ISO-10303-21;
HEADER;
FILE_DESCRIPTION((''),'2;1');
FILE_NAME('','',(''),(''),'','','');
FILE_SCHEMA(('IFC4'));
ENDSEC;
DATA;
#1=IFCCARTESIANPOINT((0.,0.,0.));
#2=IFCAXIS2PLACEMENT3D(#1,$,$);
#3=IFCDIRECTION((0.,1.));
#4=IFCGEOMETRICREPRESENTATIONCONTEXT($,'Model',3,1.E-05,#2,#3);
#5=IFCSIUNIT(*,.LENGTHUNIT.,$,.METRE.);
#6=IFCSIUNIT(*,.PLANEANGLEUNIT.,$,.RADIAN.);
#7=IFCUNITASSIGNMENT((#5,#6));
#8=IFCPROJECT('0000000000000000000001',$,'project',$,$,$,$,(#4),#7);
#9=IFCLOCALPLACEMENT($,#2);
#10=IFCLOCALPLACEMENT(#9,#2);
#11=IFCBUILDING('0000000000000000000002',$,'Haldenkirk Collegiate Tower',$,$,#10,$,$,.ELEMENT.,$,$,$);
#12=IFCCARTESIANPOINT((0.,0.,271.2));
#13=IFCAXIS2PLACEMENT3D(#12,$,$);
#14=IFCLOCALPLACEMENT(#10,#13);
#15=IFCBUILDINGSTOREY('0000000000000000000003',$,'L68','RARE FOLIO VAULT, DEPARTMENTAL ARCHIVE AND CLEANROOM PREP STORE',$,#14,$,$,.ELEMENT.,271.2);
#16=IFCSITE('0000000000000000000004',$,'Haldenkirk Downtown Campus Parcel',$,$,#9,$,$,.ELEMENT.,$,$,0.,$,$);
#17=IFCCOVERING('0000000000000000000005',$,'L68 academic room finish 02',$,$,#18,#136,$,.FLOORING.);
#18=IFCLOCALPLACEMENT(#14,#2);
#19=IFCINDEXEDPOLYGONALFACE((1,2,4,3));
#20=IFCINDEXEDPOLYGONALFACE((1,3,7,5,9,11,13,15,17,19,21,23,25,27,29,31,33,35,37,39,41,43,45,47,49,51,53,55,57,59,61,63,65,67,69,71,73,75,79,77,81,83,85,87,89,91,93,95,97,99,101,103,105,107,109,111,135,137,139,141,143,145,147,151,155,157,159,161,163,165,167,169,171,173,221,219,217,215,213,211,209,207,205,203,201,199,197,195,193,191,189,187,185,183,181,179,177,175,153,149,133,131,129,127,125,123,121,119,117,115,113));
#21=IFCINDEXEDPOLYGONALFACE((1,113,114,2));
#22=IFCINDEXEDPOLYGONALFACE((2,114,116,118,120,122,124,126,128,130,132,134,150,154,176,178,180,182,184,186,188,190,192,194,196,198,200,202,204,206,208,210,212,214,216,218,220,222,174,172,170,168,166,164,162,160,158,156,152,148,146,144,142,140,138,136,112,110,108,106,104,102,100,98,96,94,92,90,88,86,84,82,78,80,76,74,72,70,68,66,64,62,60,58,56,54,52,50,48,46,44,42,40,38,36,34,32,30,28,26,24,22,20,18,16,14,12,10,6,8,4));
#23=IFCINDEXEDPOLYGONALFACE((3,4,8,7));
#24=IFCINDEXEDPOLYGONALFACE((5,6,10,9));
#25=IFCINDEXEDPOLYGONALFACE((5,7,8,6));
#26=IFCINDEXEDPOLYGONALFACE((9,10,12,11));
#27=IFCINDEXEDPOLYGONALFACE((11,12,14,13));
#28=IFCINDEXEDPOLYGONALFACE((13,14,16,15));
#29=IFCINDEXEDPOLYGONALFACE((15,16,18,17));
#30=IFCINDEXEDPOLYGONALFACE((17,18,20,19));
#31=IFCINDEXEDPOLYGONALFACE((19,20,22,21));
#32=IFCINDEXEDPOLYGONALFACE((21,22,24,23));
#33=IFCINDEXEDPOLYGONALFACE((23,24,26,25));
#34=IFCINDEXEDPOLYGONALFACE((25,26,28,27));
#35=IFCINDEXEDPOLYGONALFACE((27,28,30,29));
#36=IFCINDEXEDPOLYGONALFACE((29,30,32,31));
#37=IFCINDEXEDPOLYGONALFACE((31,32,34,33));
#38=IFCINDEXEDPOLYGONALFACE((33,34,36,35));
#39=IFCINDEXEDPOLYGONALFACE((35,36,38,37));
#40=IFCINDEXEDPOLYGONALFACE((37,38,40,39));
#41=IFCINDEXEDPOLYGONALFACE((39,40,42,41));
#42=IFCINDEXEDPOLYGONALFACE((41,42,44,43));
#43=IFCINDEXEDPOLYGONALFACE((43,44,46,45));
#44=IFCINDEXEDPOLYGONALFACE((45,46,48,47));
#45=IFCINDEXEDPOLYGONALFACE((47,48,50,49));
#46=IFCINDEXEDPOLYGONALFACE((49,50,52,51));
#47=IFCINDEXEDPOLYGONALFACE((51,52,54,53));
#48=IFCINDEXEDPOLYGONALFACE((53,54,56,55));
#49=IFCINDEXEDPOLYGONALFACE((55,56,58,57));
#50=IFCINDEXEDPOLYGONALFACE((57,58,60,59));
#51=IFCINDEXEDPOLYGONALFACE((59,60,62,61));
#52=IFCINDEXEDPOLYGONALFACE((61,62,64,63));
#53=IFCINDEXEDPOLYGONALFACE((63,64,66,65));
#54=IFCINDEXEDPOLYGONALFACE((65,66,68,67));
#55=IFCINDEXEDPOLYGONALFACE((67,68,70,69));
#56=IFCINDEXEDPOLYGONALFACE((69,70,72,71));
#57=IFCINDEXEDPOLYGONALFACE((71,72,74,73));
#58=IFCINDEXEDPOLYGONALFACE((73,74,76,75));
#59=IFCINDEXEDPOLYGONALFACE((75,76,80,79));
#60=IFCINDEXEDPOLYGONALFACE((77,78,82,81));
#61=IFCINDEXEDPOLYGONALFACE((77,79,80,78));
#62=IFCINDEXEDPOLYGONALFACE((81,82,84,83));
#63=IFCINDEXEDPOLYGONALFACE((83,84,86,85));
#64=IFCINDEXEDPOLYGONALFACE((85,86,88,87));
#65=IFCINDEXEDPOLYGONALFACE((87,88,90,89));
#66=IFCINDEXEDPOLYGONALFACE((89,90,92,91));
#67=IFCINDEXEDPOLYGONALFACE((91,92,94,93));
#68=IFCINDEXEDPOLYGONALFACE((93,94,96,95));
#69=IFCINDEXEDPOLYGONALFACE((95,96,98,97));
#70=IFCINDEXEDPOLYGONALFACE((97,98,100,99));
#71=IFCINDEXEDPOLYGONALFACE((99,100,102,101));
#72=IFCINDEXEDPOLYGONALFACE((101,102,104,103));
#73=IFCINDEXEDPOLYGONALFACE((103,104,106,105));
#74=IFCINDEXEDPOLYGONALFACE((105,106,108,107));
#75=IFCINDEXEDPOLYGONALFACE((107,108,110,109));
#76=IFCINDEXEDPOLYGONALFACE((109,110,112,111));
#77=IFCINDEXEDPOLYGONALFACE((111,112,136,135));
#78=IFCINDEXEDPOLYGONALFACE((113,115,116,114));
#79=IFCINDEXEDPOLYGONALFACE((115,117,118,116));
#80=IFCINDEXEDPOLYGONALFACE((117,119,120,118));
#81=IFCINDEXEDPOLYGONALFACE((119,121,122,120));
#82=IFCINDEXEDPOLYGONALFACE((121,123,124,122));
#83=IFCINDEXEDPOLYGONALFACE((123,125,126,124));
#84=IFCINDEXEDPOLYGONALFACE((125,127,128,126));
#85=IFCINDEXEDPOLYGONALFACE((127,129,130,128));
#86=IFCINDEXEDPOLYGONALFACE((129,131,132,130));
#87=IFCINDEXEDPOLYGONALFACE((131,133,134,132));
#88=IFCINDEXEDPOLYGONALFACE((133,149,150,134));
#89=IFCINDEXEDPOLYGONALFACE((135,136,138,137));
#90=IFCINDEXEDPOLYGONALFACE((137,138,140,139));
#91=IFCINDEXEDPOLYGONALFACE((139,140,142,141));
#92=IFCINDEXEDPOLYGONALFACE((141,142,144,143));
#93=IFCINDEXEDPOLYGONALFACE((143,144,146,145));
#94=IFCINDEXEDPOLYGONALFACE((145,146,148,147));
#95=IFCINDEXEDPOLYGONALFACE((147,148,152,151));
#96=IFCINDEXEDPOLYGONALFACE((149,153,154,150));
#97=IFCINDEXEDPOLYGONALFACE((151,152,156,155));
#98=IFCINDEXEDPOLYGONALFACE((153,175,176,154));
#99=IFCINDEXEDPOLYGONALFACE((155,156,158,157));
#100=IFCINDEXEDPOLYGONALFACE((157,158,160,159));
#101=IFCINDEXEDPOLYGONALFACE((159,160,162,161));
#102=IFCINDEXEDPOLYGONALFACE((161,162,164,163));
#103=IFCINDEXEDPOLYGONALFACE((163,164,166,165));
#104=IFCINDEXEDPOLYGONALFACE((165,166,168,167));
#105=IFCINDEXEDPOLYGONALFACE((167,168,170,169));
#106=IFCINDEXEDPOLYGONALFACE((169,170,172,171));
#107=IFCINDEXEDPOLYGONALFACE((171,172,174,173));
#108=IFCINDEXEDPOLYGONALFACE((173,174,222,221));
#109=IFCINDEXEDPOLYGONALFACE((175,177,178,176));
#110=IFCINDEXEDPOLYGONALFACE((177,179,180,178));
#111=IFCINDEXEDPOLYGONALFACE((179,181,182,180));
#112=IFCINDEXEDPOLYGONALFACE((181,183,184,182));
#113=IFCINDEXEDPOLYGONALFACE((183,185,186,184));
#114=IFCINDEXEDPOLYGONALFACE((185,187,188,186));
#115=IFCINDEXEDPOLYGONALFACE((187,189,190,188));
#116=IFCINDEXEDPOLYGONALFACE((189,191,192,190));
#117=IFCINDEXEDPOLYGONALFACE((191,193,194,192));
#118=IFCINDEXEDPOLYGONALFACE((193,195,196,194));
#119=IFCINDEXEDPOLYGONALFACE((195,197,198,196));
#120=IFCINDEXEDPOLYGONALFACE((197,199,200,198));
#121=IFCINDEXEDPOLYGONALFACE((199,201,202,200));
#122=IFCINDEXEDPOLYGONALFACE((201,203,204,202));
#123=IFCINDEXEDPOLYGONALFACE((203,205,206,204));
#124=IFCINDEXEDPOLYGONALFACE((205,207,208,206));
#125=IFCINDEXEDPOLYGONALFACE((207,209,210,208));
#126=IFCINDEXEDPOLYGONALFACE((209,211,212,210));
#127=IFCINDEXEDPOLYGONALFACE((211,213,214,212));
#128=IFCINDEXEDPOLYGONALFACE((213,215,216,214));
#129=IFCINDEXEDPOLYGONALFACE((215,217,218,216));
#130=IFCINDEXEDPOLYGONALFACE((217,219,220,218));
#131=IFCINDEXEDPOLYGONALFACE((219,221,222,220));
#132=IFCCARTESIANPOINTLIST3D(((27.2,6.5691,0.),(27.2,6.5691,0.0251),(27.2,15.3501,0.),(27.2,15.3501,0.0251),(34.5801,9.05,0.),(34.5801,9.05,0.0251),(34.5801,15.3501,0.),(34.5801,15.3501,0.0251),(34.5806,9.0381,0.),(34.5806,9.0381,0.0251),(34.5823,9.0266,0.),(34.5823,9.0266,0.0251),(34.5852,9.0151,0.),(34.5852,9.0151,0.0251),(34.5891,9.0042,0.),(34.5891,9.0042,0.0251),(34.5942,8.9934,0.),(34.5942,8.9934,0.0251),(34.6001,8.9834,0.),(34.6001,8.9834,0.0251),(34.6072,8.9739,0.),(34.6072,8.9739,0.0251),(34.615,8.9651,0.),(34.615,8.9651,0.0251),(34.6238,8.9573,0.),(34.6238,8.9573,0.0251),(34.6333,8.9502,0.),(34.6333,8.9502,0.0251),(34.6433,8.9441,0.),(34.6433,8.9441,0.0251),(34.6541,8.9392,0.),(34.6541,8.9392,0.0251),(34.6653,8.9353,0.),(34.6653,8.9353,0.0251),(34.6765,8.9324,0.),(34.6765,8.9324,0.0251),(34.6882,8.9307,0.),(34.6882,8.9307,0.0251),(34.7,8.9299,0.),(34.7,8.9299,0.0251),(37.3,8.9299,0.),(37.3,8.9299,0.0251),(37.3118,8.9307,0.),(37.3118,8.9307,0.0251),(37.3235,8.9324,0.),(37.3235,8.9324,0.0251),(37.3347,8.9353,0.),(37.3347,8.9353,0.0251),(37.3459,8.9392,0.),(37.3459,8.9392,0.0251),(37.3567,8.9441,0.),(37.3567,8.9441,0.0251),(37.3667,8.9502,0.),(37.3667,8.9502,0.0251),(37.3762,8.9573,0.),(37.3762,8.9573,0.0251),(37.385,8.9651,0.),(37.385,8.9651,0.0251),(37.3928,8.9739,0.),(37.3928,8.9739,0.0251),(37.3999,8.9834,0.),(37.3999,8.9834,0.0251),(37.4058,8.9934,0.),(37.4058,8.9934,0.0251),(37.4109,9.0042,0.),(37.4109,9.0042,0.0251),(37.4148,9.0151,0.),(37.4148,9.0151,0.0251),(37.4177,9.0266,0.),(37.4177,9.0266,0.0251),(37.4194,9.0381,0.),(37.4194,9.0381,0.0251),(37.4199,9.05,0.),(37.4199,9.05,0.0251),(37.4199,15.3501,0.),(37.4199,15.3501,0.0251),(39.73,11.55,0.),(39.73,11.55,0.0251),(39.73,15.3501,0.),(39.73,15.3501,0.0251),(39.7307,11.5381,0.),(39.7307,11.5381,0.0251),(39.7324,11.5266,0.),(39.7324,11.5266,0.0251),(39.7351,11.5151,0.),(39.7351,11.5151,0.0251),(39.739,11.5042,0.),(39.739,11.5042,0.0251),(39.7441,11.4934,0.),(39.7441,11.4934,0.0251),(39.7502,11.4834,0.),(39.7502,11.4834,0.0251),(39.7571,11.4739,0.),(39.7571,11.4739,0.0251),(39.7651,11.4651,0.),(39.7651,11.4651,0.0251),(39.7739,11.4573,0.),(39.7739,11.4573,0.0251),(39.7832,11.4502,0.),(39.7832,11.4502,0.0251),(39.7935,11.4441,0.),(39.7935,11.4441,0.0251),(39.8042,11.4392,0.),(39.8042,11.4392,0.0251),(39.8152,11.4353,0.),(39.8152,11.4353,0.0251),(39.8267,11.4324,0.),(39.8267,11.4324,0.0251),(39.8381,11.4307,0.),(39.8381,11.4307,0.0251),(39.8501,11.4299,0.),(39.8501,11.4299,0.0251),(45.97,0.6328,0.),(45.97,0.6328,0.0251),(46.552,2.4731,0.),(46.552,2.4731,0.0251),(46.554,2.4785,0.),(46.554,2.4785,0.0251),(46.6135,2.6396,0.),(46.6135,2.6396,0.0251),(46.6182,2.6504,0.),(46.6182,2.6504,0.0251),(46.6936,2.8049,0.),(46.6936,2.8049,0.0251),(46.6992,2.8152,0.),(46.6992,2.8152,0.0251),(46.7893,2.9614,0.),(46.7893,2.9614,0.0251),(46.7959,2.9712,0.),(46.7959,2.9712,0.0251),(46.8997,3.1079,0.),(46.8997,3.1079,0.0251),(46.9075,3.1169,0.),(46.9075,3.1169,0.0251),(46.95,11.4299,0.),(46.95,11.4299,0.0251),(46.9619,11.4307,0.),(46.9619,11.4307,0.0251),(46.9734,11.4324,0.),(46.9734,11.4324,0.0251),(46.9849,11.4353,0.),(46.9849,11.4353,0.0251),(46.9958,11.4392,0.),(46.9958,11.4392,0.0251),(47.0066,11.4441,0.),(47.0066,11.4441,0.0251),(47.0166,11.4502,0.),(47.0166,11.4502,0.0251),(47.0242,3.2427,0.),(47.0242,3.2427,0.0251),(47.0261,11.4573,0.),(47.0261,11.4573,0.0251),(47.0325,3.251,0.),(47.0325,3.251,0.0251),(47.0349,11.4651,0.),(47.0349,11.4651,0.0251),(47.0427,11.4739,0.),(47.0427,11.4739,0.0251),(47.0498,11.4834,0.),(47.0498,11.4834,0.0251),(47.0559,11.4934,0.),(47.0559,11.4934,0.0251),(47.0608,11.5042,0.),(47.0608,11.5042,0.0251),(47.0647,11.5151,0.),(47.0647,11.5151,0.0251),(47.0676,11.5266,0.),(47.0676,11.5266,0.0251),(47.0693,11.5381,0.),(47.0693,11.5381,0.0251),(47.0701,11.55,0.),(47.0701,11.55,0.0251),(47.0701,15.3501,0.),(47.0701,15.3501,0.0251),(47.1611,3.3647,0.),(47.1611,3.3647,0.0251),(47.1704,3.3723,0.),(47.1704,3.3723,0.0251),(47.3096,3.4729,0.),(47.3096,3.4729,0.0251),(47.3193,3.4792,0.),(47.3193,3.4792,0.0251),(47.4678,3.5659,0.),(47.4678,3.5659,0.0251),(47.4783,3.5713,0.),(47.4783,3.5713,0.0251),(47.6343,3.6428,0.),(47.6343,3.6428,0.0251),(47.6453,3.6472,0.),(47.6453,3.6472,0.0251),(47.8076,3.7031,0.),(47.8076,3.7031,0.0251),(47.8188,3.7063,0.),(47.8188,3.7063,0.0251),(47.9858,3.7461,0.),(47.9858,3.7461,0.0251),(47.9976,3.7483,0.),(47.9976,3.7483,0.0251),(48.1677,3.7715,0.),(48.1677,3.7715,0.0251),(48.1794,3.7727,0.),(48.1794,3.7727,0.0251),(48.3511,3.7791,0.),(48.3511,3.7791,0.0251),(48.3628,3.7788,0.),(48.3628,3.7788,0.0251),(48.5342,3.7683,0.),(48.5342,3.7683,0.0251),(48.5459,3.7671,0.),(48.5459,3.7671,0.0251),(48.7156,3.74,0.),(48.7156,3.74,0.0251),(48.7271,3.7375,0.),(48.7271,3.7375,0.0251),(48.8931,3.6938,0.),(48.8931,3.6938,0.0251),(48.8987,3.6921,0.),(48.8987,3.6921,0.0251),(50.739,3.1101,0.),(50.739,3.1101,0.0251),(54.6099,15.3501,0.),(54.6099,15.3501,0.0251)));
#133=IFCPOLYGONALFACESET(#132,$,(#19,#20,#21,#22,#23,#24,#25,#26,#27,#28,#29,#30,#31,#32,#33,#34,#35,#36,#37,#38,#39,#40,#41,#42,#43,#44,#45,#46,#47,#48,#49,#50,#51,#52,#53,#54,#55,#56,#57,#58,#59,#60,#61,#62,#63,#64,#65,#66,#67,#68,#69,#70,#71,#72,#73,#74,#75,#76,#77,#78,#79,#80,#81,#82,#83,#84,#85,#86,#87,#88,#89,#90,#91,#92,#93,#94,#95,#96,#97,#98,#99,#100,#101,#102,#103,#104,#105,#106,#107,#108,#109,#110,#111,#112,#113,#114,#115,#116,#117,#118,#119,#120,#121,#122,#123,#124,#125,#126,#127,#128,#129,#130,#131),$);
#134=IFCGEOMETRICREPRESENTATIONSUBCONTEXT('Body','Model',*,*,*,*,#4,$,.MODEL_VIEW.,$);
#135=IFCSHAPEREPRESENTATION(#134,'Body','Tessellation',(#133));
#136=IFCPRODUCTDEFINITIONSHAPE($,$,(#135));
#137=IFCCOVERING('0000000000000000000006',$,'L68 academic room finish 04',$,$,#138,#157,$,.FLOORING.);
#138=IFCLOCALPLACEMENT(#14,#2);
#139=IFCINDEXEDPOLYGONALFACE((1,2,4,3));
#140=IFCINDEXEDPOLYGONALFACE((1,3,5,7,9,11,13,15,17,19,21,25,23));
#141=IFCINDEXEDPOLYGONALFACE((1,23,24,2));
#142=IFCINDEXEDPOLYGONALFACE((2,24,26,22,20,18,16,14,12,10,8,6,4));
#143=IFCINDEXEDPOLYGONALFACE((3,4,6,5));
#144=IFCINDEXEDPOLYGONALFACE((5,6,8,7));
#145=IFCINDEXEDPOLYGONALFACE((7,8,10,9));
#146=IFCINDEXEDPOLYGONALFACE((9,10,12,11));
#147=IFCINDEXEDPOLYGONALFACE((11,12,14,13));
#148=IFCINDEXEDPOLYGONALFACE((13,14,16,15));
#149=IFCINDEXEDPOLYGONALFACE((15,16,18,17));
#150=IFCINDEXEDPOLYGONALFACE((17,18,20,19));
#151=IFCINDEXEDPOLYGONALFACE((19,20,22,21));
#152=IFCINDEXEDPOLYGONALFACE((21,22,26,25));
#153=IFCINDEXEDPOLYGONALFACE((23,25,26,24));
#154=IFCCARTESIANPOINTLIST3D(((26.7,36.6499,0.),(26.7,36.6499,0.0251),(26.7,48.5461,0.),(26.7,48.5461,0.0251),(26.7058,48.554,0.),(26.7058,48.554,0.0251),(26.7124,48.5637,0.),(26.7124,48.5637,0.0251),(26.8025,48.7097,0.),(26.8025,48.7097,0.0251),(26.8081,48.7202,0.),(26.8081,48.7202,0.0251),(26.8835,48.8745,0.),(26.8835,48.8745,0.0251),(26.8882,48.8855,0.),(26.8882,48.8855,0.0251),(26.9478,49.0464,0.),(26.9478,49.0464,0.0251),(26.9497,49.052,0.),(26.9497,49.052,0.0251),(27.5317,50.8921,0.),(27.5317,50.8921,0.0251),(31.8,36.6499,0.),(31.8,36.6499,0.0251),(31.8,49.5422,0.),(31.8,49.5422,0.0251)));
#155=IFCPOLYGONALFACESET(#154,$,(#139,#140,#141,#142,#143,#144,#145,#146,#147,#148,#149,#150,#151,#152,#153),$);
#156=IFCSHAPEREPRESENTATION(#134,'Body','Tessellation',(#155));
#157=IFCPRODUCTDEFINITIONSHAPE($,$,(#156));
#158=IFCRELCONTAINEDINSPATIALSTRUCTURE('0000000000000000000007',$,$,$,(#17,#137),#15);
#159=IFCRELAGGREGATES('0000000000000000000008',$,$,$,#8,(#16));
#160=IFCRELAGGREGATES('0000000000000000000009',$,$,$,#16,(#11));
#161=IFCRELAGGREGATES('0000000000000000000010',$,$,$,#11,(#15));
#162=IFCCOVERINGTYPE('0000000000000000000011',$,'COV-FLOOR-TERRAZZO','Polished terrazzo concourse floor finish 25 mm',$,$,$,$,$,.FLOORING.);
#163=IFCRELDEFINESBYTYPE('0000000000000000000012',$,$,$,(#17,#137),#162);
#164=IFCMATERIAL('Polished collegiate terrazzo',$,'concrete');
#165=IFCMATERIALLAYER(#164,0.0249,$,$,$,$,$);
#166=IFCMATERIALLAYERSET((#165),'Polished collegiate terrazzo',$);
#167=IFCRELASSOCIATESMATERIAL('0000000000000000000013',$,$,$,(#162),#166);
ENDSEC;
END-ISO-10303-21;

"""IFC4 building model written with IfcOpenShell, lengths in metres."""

from ifc_helpers import new_model, si_unit, direction, frame, origin, place, context, subcontext, project, spatial, polyline, outline, extrude, material, layer, layer_set, type_object, element, save


model = new_model("IFC4")

# Units and contexts
model_context = context("Model", 3, precision=1e-05, world=origin(), true_north=direction((0.0, 1.0)))
body_context = subcontext(model_context, "Body", "Model", "MODEL_VIEW")
ifc_project = project(units=[si_unit("LENGTHUNIT", "METRE"), si_unit("PLANEANGLEUNIT", "RADIAN")], contexts=[model_context])

# Site, building, storey
site_placement = place(None, origin())
site = spatial("IfcSite", under=ifc_project, at=site_placement, Name="Haldenkirk Downtown Campus Parcel", CompositionType="ELEMENT", RefElevation=0.0)
building_placement = place(site_placement, origin())
building = spatial("IfcBuilding", under=site, at=building_placement, Name="Haldenkirk Collegiate Tower", CompositionType="ELEMENT")
storey_placement = place(building_placement, frame((0.0, 0.0, 271.2)))
storey = spatial("IfcBuildingStorey", under=building, at=storey_placement, Name="L68", Description="RARE FOLIO VAULT, DEPARTMENTAL ARCHIVE AND CLEANROOM PREP STORE", CompositionType="ELEMENT", Elevation=271.2)

# Coverings
ifc_material_1 = material(Name="Polished collegiate terrazzo", Category="concrete")
ifc_layer_1 = layer(ifc_material_1, 0.0249)
ifc_layer_set_1 = layer_set([ifc_layer_1], Name="Polished collegiate terrazzo")
covering_type_1 = type_object("IfcCoveringType", Name="COV-FLOOR-TERRAZZO", Description="Polished terrazzo concourse floor finish 25 mm", PredefinedType="FLOORING", material=ifc_layer_set_1)
covering_1_placement = place(storey_placement, origin())
element("IfcCovering", 1, at=covering_1_placement, inside=storey, type_object=covering_type_1, Name="L68 academic room finish 02", PredefinedType="FLOORING", context=body_context, shape_type="SweptSolid", body=[
    extrude(outline(polyline([(48.1794, 3.7727), (48.1677, 3.7715), (47.9976, 3.7483), (47.9858, 3.7461), (47.8188, 3.7063), (47.8076, 3.7031), (47.6453, 3.6472), (47.6343, 3.6428), (47.4783, 3.5713), (47.4678, 3.5659), (47.3193, 3.4792), (47.3096, 3.4729), (47.1704, 3.3723), (47.1611, 3.3647), (47.0325, 3.251), (47.0242, 3.2427), (46.9075, 3.1169), (46.8997, 3.1079), (46.7959, 2.9712), (46.7893, 2.9614), (46.6992, 2.8152), (46.6936, 2.8049), (46.6182, 2.6504), (46.6135, 2.6396), (46.554, 2.4785), (46.552, 2.4731), (45.97, 0.6328), (27.2, 6.5691), (27.2, 15.3501), (34.5801, 15.3501), (34.5801, 9.05), (34.5806, 9.0381), (34.5823, 9.0266), (34.5852, 9.0151), (34.5891, 9.0042), (34.5942, 8.9934), (34.6001, 8.9834), (34.6072, 8.9739), (34.615, 8.9651), (34.6238, 8.9573), (34.6333, 8.9502), (34.6433, 8.9441), (34.6541, 8.9392), (34.6653, 8.9353), (34.6765, 8.9324), (34.6882, 8.9307), (34.7, 8.9299), (37.3, 8.9299), (37.3118, 8.9307), (37.3235, 8.9324), (37.3347, 8.9353), (37.3459, 8.9392), (37.3567, 8.9441), (37.3667, 8.9502), (37.3762, 8.9573), (37.385, 8.9651), (37.3928, 8.9739), (37.3999, 8.9834), (37.4058, 8.9934), (37.4109, 9.0042), (37.4148, 9.0151), (37.4177, 9.0266), (37.4194, 9.0381), (37.4199, 9.05), (37.4199, 15.3501), (39.73, 15.3501), (39.73, 11.55), (39.7307, 11.5381), (39.7324, 11.5266), (39.7351, 11.5151), (39.739, 11.5042), (39.7441, 11.4934), (39.7502, 11.4834), (39.7571, 11.4739), (39.7651, 11.4651), (39.7739, 11.4573), (39.7832, 11.4502), (39.7935, 11.4441), (39.8042, 11.4392), (39.8152, 11.4353), (39.8267, 11.4324), (39.8381, 11.4307), (39.8501, 11.4299), (46.95, 11.4299), (46.9619, 11.4307), (46.9734, 11.4324), (46.9849, 11.4353), (46.9958, 11.4392), (47.0066, 11.4441), (47.0166, 11.4502), (47.0261, 11.4573), (47.0349, 11.4651), (47.0427, 11.4739), (47.0498, 11.4834), (47.0559, 11.4934), (47.0608, 11.5042), (47.0647, 11.5151), (47.0676, 11.5266), (47.0693, 11.5381), (47.0701, 11.55), (47.0701, 15.3501), (54.6099, 15.3501), (50.739, 3.1101), (48.8987, 3.6921), (48.8931, 3.6938), (48.7271, 3.7375), (48.7156, 3.74), (48.5459, 3.7671), (48.5342, 3.7683), (48.3628, 3.7788), (48.3511, 3.7791), (48.1794, 3.7727)])), origin(), (0.0, 0.0, 1.0), 0.0251),
])
covering_2_placement = place(storey_placement, origin())
element("IfcCovering", 2, at=covering_2_placement, inside=storey, type_object=covering_type_1, Name="L68 academic room finish 04", PredefinedType="FLOORING", context=body_context, shape_type="SweptSolid", body=[
    extrude(outline(polyline([(26.7058, 48.554), (26.7124, 48.5637), (26.8025, 48.7097), (26.8081, 48.7202), (26.8835, 48.8745), (26.8882, 48.8855), (26.9478, 49.0464), (26.9497, 49.052), (27.5317, 50.8921), (31.8, 49.5422), (31.8, 36.6499), (26.7, 36.6499), (26.7, 48.5461), (26.7058, 48.554)])), origin(), (0.0, 0.0, 1.0), 0.0251),
])

save(model, "model.ifc")
